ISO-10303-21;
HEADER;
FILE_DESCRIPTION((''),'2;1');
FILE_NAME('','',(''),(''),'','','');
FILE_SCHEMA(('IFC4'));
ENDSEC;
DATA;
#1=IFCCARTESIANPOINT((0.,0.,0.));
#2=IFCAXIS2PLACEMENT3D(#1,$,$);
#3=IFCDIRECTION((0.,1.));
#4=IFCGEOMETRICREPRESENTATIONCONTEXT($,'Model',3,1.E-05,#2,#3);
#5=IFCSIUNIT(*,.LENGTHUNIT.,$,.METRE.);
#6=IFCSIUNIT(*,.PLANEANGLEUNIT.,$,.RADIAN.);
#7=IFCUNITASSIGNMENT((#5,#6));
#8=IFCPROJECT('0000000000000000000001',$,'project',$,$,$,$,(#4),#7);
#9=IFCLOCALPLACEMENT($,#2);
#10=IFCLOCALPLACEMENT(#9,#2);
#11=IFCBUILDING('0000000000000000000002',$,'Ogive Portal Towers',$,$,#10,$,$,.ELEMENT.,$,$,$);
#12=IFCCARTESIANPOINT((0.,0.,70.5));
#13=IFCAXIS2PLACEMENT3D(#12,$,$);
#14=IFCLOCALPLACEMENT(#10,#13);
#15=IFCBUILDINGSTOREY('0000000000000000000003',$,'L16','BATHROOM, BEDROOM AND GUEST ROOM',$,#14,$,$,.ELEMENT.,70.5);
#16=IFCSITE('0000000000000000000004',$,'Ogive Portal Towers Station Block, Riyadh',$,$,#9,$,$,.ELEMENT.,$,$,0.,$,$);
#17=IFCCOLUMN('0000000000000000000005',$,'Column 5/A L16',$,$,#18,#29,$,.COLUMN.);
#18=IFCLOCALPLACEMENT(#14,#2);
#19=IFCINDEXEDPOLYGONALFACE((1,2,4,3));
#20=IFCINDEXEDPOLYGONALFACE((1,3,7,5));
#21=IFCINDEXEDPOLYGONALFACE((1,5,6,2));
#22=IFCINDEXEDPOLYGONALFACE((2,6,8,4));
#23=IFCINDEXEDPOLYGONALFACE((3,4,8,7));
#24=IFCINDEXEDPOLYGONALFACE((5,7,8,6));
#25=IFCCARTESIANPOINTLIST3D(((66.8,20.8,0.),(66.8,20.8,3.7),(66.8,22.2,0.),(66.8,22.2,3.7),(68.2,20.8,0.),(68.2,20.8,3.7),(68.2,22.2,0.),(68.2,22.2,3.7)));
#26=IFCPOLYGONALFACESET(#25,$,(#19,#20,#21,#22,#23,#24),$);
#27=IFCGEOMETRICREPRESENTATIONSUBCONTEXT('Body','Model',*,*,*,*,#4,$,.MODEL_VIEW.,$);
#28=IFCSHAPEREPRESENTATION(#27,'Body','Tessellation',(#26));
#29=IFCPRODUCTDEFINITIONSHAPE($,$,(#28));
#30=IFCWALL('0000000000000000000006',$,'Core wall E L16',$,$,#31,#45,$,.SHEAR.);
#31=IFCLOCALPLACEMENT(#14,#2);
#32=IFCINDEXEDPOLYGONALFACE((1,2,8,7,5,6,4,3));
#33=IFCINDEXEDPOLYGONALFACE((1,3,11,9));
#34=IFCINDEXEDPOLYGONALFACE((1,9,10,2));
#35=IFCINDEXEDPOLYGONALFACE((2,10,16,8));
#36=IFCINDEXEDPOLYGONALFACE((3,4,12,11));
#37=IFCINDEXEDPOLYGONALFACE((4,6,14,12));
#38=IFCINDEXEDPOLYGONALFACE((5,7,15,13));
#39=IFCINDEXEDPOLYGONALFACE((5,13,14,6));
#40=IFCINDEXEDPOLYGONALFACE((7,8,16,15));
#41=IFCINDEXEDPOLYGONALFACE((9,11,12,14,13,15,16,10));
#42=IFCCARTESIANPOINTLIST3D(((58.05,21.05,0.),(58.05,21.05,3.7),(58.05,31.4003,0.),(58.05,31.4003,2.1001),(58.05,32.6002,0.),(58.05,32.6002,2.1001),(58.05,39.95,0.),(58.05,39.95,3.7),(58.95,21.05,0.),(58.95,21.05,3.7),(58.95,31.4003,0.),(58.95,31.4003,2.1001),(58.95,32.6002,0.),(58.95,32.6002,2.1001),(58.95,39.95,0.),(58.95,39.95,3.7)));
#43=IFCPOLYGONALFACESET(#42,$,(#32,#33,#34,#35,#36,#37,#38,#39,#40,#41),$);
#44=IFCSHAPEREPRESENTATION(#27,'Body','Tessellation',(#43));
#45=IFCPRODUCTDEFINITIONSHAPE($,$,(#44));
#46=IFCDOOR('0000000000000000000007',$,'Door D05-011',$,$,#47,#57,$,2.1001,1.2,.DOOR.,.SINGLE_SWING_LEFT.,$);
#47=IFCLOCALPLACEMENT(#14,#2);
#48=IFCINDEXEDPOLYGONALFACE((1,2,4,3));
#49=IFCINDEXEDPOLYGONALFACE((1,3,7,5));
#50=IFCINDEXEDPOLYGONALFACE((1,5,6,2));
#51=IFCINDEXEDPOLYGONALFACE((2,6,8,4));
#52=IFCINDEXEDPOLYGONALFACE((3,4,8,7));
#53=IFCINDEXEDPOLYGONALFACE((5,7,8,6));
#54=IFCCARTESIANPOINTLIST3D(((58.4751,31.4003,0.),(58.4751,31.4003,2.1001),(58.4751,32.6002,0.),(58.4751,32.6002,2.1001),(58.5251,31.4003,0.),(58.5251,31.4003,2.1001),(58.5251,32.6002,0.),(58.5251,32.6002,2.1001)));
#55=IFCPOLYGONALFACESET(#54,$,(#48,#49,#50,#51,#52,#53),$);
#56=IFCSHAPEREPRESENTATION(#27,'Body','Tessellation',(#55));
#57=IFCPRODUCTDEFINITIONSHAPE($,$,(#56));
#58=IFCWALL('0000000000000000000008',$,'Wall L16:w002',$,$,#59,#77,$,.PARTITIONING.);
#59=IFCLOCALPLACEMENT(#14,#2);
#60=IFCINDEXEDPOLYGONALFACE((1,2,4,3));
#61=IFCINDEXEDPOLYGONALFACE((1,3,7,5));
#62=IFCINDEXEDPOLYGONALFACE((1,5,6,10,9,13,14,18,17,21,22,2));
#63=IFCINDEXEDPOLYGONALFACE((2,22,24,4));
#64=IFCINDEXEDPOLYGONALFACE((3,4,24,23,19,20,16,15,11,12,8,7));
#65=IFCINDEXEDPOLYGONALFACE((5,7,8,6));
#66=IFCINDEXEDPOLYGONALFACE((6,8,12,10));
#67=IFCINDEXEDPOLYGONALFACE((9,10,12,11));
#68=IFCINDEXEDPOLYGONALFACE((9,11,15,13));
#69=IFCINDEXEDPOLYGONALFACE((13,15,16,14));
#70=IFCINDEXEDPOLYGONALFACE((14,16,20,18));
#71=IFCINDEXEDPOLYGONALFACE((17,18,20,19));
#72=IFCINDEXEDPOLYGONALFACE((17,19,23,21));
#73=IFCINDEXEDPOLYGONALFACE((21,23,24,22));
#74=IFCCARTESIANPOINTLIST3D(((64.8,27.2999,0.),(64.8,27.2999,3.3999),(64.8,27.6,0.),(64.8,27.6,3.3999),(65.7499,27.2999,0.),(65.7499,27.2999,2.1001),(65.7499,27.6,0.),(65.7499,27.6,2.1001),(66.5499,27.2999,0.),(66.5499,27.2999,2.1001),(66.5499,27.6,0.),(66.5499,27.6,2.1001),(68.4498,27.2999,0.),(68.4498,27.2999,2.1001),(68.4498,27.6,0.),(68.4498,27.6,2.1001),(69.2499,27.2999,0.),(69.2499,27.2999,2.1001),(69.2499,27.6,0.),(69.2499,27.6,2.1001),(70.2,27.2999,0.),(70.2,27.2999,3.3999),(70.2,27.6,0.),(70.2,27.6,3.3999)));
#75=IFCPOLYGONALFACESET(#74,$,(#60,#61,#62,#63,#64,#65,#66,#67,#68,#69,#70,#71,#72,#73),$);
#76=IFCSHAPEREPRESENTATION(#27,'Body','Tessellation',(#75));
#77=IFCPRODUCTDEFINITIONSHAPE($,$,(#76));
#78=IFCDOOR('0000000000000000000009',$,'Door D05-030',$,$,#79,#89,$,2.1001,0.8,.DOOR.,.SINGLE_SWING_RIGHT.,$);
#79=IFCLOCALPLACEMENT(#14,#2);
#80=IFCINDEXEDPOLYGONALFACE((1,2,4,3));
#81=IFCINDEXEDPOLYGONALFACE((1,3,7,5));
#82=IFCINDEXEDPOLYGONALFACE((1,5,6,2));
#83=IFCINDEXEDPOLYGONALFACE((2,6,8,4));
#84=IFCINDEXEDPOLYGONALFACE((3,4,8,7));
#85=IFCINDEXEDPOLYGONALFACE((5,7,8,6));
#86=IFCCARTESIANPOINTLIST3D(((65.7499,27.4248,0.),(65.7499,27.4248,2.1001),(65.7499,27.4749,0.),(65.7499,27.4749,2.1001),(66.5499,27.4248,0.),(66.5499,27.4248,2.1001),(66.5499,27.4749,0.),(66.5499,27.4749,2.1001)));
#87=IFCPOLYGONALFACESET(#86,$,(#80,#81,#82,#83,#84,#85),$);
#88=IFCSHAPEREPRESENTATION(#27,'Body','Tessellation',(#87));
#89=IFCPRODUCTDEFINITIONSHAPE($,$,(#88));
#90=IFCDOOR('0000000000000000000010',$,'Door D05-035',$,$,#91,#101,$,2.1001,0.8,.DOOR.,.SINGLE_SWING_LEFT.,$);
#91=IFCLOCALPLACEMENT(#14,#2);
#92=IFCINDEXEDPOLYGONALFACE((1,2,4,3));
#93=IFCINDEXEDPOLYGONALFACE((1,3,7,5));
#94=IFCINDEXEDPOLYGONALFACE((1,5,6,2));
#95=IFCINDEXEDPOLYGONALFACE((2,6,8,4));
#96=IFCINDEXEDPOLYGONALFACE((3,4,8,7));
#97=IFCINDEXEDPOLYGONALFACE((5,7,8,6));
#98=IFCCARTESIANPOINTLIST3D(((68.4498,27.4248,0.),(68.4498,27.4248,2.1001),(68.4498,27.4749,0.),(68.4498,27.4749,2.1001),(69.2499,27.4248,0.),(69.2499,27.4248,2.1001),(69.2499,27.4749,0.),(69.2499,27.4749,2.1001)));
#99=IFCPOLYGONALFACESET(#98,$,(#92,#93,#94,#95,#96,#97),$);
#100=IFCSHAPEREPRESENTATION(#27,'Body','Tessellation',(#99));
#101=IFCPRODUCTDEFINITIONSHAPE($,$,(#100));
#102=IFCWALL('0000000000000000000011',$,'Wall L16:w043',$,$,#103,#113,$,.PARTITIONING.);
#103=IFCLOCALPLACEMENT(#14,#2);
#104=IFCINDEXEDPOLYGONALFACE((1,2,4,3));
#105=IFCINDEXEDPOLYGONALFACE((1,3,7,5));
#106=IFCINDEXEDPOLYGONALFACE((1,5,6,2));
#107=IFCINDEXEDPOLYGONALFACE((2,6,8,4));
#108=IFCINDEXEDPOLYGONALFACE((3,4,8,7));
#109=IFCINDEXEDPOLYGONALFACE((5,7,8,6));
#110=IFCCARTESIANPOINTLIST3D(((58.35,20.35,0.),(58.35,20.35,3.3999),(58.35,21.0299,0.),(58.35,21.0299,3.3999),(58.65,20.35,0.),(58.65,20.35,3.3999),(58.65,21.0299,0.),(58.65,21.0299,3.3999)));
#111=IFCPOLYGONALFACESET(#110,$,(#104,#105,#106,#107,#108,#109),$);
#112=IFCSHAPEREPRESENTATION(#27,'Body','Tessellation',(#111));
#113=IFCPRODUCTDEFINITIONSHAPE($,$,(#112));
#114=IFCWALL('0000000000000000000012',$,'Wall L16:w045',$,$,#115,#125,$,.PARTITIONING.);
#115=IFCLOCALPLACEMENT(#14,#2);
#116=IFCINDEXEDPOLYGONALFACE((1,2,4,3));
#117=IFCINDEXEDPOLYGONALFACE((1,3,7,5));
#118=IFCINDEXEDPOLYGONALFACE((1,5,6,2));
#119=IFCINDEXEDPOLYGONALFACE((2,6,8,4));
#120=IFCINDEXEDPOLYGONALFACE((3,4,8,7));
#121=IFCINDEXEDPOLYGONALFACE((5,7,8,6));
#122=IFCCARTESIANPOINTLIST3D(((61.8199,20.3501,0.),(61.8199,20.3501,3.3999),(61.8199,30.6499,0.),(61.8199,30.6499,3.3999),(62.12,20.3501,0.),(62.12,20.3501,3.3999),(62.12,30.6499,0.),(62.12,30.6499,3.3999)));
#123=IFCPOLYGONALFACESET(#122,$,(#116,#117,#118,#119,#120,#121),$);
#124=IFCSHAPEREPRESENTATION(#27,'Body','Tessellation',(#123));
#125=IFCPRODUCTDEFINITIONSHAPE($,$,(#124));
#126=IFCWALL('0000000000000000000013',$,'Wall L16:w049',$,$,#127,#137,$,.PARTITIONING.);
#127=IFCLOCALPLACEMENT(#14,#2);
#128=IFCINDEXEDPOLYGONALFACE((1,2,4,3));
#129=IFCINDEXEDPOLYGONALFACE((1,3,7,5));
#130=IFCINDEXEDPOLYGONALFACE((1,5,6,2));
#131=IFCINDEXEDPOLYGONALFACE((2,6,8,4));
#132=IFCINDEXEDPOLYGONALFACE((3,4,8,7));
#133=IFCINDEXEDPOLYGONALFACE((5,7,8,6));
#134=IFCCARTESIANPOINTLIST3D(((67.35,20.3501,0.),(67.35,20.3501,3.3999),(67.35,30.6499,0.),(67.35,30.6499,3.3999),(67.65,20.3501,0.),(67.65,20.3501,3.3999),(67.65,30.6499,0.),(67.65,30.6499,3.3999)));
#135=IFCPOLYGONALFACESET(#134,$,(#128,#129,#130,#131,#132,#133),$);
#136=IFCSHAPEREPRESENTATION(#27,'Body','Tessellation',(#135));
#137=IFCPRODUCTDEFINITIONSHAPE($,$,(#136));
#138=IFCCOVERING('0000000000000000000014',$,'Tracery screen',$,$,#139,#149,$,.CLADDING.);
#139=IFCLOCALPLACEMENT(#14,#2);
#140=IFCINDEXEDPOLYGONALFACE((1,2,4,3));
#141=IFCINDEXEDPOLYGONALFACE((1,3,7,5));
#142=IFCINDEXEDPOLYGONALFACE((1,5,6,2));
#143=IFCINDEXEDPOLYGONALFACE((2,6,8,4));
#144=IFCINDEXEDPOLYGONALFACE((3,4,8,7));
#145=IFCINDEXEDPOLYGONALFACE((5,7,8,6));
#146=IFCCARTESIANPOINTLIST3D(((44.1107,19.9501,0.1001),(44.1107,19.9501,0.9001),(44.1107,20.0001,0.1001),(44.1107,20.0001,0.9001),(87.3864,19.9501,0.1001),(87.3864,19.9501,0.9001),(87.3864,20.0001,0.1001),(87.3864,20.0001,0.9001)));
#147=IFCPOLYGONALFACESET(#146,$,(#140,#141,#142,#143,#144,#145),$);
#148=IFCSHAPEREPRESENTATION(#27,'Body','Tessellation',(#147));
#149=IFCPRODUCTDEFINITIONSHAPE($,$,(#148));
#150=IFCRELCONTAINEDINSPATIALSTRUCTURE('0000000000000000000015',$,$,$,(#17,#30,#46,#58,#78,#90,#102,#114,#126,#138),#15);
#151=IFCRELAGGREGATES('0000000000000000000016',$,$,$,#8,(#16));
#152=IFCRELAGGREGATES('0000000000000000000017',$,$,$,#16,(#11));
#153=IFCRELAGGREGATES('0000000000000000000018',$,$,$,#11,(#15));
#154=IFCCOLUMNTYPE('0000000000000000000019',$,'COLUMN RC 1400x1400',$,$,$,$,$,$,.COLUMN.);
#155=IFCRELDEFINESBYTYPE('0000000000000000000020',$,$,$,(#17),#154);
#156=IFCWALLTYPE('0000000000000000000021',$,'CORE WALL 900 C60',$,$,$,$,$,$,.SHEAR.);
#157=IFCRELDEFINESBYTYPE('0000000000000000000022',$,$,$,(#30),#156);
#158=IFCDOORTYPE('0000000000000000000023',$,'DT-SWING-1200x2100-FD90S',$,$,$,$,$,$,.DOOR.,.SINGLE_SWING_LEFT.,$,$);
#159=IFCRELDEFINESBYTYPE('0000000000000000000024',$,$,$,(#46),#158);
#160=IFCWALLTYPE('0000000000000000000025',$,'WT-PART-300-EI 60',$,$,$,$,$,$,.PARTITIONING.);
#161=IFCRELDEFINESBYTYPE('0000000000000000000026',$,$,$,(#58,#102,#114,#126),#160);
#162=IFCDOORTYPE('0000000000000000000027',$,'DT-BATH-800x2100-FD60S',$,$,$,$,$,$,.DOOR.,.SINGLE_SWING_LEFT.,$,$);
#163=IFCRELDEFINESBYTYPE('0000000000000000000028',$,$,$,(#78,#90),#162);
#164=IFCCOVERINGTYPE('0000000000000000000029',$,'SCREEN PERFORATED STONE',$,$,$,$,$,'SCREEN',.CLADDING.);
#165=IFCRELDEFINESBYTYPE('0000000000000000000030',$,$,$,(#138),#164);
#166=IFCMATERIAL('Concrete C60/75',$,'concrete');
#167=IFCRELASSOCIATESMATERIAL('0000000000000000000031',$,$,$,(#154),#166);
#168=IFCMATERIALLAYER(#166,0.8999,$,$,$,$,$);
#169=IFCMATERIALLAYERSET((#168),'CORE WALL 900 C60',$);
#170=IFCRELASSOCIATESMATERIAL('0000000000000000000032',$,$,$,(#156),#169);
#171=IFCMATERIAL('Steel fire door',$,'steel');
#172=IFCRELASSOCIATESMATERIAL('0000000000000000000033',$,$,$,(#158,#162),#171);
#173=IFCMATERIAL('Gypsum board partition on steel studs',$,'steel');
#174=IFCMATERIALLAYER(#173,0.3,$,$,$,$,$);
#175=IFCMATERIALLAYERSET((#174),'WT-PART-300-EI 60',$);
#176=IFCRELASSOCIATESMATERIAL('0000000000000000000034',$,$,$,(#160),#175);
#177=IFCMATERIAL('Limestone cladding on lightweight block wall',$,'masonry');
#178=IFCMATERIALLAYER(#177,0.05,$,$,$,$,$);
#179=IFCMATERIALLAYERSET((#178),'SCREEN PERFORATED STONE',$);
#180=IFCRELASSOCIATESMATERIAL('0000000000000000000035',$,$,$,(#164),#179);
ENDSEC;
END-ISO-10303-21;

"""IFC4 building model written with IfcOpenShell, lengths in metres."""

from ifc_helpers import new_model, si_unit, direction, frame, frame_2d, origin, origin_2d, place, context, subcontext, project, spatial, rectangle, extrude, material, layer, layer_set, material_profile, profile_set, type_object, element, fill, save


model = new_model("IFC4")

# Units and contexts
model_context = context("Model", 3, precision=1e-05, world=origin(), true_north=direction((0.0, 1.0)))
body_context = subcontext(model_context, "Body", "Model", "MODEL_VIEW")
ifc_project = project(units=[si_unit("LENGTHUNIT", "METRE"), si_unit("PLANEANGLEUNIT", "RADIAN")], contexts=[model_context])

# Site, building, storey
site_placement = place(None, origin())
site = spatial("IfcSite", under=ifc_project, at=site_placement, Name="Ogive Portal Towers Station Block, Riyadh", CompositionType="ELEMENT", RefElevation=0.0)
building_placement = place(site_placement, origin())
building = spatial("IfcBuilding", under=site, at=building_placement, Name="Ogive Portal Towers", CompositionType="ELEMENT")
storey_placement = place(building_placement, frame((0.0, 0.0, 70.5)))
storey = spatial("IfcBuildingStorey", under=building, at=storey_placement, Name="L16", Description="BATHROOM, BEDROOM AND GUEST ROOM", CompositionType="ELEMENT", Elevation=70.5)

# Column
ifc_material_1 = material(Name="Concrete C60/75", Category="concrete")
ifc_material_profile = material_profile(ifc_material_1, rectangle(XDim=1.3999, YDim=1.3999, at=origin_2d()), Name="RC 1400x1400")
ifc_profile_set = profile_set([ifc_material_profile], Name="Concrete C60/75")
column_type = type_object("IfcColumnType", Name="COLUMN RC 1400x1400", PredefinedType="COLUMN", material=ifc_profile_set)
column_placement = place(storey_placement, frame((67.5, 21.5, 0.0), z_axis=(0.0, 0.0, 1.0), x_axis=(1.0, 0.0, 0.0)))
element("IfcColumn", 1, at=column_placement, inside=storey, type_object=column_type, Name="Column 5/A L16", PredefinedType="COLUMN", context=body_context, shape_type="SweptSolid", body=[
    extrude(rectangle(XDim=1.3999, YDim=1.3999, at=origin_2d()), origin(), (0.0, 0.0, 1.0), 3.7),
])

# Wall, opening, door
ifc_layer_1 = layer(ifc_material_1, 0.8999)
ifc_layer_set_1 = layer_set([ifc_layer_1], Name="CORE WALL 900 C60")
wall_type_1 = type_object("IfcWallType", Name="CORE WALL 900 C60", PredefinedType="SHEAR", material=ifc_layer_set_1)
wall_1_placement = place(storey_placement, frame((58.5, 21.05, 0.0), z_axis=(0.0, 0.0, 1.0), x_axis=(0.0, 1.0, 0.0)))
wall_1 = element("IfcWall", 2, at=wall_1_placement, inside=storey, type_object=wall_type_1, Name="Core wall E L16", PredefinedType="SHEAR", context=body_context, shape_type="SweptSolid", body=[
    extrude(rectangle(XDim=18.8999, YDim=0.8999, at=frame_2d((9.45, 0.0))), origin(), (0.0, 0.0, 1.0), 3.7),
])
opening_1_placement = place(wall_1_placement, frame((10.3501, 0.0, 0.0)))
opening_1 = element("IfcOpeningElement", 3, at=opening_1_placement, cuts=wall_1, PredefinedType="OPENING", context=body_context, shape_type="SweptSolid", body=[
    extrude(rectangle(XDim=1.2, YDim=2.1001, at=frame_2d((0.6001, 1.05))), frame((0.0, 0.46, 0.0), z_axis=(0.0, -1.0, 0.0), x_axis=(1.0, 0.0, 0.0)), (0.0, 0.0, 1.0), 0.9199),
])
ifc_material_2 = material(Name="Steel fire door", Category="steel")
door_type_1 = type_object("IfcDoorType", Name="DT-SWING-1200x2100-FD90S", OperationType="SINGLE_SWING_LEFT", PredefinedType="DOOR", material=ifc_material_2)
door_1_placement = place(opening_1_placement, origin())
door_1 = element("IfcDoor", 4, at=door_1_placement, inside=storey, type_object=door_type_1, Name="Door D05-011", OperationType="SINGLE_SWING_LEFT", OverallHeight=2.1001, OverallWidth=1.2, PredefinedType="DOOR", context=body_context, shape_type="SweptSolid", body=[
    extrude(rectangle(XDim=1.2, YDim=2.1001, at=frame_2d((0.6001, 1.05))), frame((0.0, 0.0249, 0.0), z_axis=(0.0, -1.0, 0.0), x_axis=(1.0, 0.0, 0.0)), (0.0, 0.0, 1.0), 0.05),
])
fill(opening_1, door_1)

# Wall, openings, doors
ifc_material_3 = material(Name="Gypsum board partition on steel studs", Category="steel")
ifc_layer_2 = layer(ifc_material_3, 0.3)
ifc_layer_set_2 = layer_set([ifc_layer_2], Name="WT-PART-300-EI 60")
wall_type_2 = type_object("IfcWallType", Name="WT-PART-300-EI 60", PredefinedType="PARTITIONING", material=ifc_layer_set_2)
wall_2_placement = place(storey_placement, frame((64.8, 27.45, 0.0), z_axis=(0.0, 0.0, 1.0), x_axis=(1.0, 0.0, 0.0)))
wall_2 = element("IfcWall", 5, at=wall_2_placement, inside=storey, type_object=wall_type_2, Name="Wall L16:w002", PredefinedType="PARTITIONING", context=body_context, shape_type="SweptSolid", body=[
    extrude(rectangle(XDim=5.3999, YDim=0.3, at=frame_2d((2.7, 0.0))), origin(), (0.0, 0.0, 1.0), 3.3999),
])
opening_2_placement = place(wall_2_placement, frame((0.95, 0.0, 0.0)))
opening_2 = element("IfcOpeningElement", 6, at=opening_2_placement, cuts=wall_2, PredefinedType="OPENING", context=body_context, shape_type="SweptSolid", body=[
    extrude(rectangle(XDim=0.8, YDim=2.1001, at=frame_2d((0.3999, 1.05))), frame((0.0, 0.1602, 0.0), z_axis=(0.0, -1.0, 0.0), x_axis=(1.0, 0.0, 0.0)), (0.0, 0.0, 1.0), 0.3201),
])
opening_3_placement = place(wall_2_placement, frame((3.6499, 0.0, 0.0)))
opening_3 = element("IfcOpeningElement", 7, at=opening_3_placement, cuts=wall_2, PredefinedType="OPENING", context=body_context, shape_type="SweptSolid", body=[
    extrude(rectangle(XDim=0.8, YDim=2.1001, at=frame_2d((0.3999, 1.05))), frame((0.0, 0.1602, 0.0), z_axis=(0.0, -1.0, 0.0), x_axis=(1.0, 0.0, 0.0)), (0.0, 0.0, 1.0), 0.3201),
])
door_type_2 = type_object("IfcDoorType", Name="DT-BATH-800x2100-FD60S", OperationType="SINGLE_SWING_LEFT", PredefinedType="DOOR", material=ifc_material_2)
door_2_placement = place(opening_2_placement, origin())
door_2 = element("IfcDoor", 8, at=door_2_placement, inside=storey, type_object=door_type_2, Name="Door D05-030", OperationType="SINGLE_SWING_RIGHT", OverallHeight=2.1001, OverallWidth=0.8, PredefinedType="DOOR", context=body_context, shape_type="SweptSolid", body=[
    extrude(rectangle(XDim=0.8, YDim=2.1001, at=frame_2d((0.3999, 1.05))), frame((0.0, 0.0249, 0.0), z_axis=(0.0, -1.0, 0.0), x_axis=(1.0, 0.0, 0.0)), (0.0, 0.0, 1.0), 0.05),
])
fill(opening_2, door_2)
door_3_placement = place(opening_3_placement, origin())
door_3 = element("IfcDoor", 9, at=door_3_placement, inside=storey, type_object=door_type_2, Name="Door D05-035", OperationType="SINGLE_SWING_LEFT", OverallHeight=2.1001, OverallWidth=0.8, PredefinedType="DOOR", context=body_context, shape_type="SweptSolid", body=[
    extrude(rectangle(XDim=0.8, YDim=2.1001, at=frame_2d((0.3999, 1.05))), frame((0.0, 0.0249, 0.0), z_axis=(0.0, -1.0, 0.0), x_axis=(1.0, 0.0, 0.0)), (0.0, 0.0, 1.0), 0.05),
])
fill(opening_3, door_3)

# Walls
wall_3_placement = place(storey_placement, frame((58.5, 20.3501, 0.0), z_axis=(0.0, 0.0, 1.0), x_axis=(0.0, 1.0, 0.0)))
element("IfcWall", 10, at=wall_3_placement, inside=storey, type_object=wall_type_2, Name="Wall L16:w043", PredefinedType="PARTITIONING", context=body_context, shape_type="SweptSolid", body=[
    extrude(rectangle(XDim=0.6799, YDim=0.3, at=frame_2d((0.3398, 0.0))), origin(), (0.0, 0.0, 1.0), 3.3999),
])
for number, where, z_axis, x_axis, name in (
    (11, (61.97, 20.3501, 0.0), (0.0, 0.0, 1.0), (0.0, 1.0, 0.0), "Wall L16:w045"),
    (12, (67.5, 20.3501, 0.0), (0.0, 0.0, 1.0), (0.0, 1.0, 0.0), "Wall L16:w049"),
):
    element("IfcWall", number, at=place(storey_placement, frame(where, z_axis=z_axis, x_axis=x_axis)), inside=storey, type_object=wall_type_2, Name=name, PredefinedType="PARTITIONING", context=body_context, shape_type="SweptSolid", body=[
        extrude(rectangle(XDim=10.2998, YDim=0.3, at=frame_2d((5.1499, 0.0))), origin(), (0.0, 0.0, 1.0), 3.3999),
    ])

# Covering
ifc_material_4 = material(Name="Limestone cladding on lightweight block wall", Category="masonry")
ifc_layer_3 = layer(ifc_material_4, 0.05)
ifc_layer_set_3 = layer_set([ifc_layer_3], Name="SCREEN PERFORATED STONE")
covering_type = type_object("IfcCoveringType", Name="SCREEN PERFORATED STONE", ElementType="SCREEN", PredefinedType="CLADDING", material=ifc_layer_set_3)
covering_placement = place(storey_placement, frame((65.7485, 19.9751, 0.1001), z_axis=(0.0, 0.0, 1.0), x_axis=(1.0, 0.0, 0.0)))
element("IfcCovering", 13, at=covering_placement, inside=storey, type_object=covering_type, Name="Tracery screen", PredefinedType="CLADDING", context=body_context, shape_type="SweptSolid", body=[
    extrude(rectangle(XDim=43.2756, YDim=0.05, at=origin_2d()), origin(), (0.0, 0.0, 1.0), 0.8),
])

save(model, "model.ifc")
